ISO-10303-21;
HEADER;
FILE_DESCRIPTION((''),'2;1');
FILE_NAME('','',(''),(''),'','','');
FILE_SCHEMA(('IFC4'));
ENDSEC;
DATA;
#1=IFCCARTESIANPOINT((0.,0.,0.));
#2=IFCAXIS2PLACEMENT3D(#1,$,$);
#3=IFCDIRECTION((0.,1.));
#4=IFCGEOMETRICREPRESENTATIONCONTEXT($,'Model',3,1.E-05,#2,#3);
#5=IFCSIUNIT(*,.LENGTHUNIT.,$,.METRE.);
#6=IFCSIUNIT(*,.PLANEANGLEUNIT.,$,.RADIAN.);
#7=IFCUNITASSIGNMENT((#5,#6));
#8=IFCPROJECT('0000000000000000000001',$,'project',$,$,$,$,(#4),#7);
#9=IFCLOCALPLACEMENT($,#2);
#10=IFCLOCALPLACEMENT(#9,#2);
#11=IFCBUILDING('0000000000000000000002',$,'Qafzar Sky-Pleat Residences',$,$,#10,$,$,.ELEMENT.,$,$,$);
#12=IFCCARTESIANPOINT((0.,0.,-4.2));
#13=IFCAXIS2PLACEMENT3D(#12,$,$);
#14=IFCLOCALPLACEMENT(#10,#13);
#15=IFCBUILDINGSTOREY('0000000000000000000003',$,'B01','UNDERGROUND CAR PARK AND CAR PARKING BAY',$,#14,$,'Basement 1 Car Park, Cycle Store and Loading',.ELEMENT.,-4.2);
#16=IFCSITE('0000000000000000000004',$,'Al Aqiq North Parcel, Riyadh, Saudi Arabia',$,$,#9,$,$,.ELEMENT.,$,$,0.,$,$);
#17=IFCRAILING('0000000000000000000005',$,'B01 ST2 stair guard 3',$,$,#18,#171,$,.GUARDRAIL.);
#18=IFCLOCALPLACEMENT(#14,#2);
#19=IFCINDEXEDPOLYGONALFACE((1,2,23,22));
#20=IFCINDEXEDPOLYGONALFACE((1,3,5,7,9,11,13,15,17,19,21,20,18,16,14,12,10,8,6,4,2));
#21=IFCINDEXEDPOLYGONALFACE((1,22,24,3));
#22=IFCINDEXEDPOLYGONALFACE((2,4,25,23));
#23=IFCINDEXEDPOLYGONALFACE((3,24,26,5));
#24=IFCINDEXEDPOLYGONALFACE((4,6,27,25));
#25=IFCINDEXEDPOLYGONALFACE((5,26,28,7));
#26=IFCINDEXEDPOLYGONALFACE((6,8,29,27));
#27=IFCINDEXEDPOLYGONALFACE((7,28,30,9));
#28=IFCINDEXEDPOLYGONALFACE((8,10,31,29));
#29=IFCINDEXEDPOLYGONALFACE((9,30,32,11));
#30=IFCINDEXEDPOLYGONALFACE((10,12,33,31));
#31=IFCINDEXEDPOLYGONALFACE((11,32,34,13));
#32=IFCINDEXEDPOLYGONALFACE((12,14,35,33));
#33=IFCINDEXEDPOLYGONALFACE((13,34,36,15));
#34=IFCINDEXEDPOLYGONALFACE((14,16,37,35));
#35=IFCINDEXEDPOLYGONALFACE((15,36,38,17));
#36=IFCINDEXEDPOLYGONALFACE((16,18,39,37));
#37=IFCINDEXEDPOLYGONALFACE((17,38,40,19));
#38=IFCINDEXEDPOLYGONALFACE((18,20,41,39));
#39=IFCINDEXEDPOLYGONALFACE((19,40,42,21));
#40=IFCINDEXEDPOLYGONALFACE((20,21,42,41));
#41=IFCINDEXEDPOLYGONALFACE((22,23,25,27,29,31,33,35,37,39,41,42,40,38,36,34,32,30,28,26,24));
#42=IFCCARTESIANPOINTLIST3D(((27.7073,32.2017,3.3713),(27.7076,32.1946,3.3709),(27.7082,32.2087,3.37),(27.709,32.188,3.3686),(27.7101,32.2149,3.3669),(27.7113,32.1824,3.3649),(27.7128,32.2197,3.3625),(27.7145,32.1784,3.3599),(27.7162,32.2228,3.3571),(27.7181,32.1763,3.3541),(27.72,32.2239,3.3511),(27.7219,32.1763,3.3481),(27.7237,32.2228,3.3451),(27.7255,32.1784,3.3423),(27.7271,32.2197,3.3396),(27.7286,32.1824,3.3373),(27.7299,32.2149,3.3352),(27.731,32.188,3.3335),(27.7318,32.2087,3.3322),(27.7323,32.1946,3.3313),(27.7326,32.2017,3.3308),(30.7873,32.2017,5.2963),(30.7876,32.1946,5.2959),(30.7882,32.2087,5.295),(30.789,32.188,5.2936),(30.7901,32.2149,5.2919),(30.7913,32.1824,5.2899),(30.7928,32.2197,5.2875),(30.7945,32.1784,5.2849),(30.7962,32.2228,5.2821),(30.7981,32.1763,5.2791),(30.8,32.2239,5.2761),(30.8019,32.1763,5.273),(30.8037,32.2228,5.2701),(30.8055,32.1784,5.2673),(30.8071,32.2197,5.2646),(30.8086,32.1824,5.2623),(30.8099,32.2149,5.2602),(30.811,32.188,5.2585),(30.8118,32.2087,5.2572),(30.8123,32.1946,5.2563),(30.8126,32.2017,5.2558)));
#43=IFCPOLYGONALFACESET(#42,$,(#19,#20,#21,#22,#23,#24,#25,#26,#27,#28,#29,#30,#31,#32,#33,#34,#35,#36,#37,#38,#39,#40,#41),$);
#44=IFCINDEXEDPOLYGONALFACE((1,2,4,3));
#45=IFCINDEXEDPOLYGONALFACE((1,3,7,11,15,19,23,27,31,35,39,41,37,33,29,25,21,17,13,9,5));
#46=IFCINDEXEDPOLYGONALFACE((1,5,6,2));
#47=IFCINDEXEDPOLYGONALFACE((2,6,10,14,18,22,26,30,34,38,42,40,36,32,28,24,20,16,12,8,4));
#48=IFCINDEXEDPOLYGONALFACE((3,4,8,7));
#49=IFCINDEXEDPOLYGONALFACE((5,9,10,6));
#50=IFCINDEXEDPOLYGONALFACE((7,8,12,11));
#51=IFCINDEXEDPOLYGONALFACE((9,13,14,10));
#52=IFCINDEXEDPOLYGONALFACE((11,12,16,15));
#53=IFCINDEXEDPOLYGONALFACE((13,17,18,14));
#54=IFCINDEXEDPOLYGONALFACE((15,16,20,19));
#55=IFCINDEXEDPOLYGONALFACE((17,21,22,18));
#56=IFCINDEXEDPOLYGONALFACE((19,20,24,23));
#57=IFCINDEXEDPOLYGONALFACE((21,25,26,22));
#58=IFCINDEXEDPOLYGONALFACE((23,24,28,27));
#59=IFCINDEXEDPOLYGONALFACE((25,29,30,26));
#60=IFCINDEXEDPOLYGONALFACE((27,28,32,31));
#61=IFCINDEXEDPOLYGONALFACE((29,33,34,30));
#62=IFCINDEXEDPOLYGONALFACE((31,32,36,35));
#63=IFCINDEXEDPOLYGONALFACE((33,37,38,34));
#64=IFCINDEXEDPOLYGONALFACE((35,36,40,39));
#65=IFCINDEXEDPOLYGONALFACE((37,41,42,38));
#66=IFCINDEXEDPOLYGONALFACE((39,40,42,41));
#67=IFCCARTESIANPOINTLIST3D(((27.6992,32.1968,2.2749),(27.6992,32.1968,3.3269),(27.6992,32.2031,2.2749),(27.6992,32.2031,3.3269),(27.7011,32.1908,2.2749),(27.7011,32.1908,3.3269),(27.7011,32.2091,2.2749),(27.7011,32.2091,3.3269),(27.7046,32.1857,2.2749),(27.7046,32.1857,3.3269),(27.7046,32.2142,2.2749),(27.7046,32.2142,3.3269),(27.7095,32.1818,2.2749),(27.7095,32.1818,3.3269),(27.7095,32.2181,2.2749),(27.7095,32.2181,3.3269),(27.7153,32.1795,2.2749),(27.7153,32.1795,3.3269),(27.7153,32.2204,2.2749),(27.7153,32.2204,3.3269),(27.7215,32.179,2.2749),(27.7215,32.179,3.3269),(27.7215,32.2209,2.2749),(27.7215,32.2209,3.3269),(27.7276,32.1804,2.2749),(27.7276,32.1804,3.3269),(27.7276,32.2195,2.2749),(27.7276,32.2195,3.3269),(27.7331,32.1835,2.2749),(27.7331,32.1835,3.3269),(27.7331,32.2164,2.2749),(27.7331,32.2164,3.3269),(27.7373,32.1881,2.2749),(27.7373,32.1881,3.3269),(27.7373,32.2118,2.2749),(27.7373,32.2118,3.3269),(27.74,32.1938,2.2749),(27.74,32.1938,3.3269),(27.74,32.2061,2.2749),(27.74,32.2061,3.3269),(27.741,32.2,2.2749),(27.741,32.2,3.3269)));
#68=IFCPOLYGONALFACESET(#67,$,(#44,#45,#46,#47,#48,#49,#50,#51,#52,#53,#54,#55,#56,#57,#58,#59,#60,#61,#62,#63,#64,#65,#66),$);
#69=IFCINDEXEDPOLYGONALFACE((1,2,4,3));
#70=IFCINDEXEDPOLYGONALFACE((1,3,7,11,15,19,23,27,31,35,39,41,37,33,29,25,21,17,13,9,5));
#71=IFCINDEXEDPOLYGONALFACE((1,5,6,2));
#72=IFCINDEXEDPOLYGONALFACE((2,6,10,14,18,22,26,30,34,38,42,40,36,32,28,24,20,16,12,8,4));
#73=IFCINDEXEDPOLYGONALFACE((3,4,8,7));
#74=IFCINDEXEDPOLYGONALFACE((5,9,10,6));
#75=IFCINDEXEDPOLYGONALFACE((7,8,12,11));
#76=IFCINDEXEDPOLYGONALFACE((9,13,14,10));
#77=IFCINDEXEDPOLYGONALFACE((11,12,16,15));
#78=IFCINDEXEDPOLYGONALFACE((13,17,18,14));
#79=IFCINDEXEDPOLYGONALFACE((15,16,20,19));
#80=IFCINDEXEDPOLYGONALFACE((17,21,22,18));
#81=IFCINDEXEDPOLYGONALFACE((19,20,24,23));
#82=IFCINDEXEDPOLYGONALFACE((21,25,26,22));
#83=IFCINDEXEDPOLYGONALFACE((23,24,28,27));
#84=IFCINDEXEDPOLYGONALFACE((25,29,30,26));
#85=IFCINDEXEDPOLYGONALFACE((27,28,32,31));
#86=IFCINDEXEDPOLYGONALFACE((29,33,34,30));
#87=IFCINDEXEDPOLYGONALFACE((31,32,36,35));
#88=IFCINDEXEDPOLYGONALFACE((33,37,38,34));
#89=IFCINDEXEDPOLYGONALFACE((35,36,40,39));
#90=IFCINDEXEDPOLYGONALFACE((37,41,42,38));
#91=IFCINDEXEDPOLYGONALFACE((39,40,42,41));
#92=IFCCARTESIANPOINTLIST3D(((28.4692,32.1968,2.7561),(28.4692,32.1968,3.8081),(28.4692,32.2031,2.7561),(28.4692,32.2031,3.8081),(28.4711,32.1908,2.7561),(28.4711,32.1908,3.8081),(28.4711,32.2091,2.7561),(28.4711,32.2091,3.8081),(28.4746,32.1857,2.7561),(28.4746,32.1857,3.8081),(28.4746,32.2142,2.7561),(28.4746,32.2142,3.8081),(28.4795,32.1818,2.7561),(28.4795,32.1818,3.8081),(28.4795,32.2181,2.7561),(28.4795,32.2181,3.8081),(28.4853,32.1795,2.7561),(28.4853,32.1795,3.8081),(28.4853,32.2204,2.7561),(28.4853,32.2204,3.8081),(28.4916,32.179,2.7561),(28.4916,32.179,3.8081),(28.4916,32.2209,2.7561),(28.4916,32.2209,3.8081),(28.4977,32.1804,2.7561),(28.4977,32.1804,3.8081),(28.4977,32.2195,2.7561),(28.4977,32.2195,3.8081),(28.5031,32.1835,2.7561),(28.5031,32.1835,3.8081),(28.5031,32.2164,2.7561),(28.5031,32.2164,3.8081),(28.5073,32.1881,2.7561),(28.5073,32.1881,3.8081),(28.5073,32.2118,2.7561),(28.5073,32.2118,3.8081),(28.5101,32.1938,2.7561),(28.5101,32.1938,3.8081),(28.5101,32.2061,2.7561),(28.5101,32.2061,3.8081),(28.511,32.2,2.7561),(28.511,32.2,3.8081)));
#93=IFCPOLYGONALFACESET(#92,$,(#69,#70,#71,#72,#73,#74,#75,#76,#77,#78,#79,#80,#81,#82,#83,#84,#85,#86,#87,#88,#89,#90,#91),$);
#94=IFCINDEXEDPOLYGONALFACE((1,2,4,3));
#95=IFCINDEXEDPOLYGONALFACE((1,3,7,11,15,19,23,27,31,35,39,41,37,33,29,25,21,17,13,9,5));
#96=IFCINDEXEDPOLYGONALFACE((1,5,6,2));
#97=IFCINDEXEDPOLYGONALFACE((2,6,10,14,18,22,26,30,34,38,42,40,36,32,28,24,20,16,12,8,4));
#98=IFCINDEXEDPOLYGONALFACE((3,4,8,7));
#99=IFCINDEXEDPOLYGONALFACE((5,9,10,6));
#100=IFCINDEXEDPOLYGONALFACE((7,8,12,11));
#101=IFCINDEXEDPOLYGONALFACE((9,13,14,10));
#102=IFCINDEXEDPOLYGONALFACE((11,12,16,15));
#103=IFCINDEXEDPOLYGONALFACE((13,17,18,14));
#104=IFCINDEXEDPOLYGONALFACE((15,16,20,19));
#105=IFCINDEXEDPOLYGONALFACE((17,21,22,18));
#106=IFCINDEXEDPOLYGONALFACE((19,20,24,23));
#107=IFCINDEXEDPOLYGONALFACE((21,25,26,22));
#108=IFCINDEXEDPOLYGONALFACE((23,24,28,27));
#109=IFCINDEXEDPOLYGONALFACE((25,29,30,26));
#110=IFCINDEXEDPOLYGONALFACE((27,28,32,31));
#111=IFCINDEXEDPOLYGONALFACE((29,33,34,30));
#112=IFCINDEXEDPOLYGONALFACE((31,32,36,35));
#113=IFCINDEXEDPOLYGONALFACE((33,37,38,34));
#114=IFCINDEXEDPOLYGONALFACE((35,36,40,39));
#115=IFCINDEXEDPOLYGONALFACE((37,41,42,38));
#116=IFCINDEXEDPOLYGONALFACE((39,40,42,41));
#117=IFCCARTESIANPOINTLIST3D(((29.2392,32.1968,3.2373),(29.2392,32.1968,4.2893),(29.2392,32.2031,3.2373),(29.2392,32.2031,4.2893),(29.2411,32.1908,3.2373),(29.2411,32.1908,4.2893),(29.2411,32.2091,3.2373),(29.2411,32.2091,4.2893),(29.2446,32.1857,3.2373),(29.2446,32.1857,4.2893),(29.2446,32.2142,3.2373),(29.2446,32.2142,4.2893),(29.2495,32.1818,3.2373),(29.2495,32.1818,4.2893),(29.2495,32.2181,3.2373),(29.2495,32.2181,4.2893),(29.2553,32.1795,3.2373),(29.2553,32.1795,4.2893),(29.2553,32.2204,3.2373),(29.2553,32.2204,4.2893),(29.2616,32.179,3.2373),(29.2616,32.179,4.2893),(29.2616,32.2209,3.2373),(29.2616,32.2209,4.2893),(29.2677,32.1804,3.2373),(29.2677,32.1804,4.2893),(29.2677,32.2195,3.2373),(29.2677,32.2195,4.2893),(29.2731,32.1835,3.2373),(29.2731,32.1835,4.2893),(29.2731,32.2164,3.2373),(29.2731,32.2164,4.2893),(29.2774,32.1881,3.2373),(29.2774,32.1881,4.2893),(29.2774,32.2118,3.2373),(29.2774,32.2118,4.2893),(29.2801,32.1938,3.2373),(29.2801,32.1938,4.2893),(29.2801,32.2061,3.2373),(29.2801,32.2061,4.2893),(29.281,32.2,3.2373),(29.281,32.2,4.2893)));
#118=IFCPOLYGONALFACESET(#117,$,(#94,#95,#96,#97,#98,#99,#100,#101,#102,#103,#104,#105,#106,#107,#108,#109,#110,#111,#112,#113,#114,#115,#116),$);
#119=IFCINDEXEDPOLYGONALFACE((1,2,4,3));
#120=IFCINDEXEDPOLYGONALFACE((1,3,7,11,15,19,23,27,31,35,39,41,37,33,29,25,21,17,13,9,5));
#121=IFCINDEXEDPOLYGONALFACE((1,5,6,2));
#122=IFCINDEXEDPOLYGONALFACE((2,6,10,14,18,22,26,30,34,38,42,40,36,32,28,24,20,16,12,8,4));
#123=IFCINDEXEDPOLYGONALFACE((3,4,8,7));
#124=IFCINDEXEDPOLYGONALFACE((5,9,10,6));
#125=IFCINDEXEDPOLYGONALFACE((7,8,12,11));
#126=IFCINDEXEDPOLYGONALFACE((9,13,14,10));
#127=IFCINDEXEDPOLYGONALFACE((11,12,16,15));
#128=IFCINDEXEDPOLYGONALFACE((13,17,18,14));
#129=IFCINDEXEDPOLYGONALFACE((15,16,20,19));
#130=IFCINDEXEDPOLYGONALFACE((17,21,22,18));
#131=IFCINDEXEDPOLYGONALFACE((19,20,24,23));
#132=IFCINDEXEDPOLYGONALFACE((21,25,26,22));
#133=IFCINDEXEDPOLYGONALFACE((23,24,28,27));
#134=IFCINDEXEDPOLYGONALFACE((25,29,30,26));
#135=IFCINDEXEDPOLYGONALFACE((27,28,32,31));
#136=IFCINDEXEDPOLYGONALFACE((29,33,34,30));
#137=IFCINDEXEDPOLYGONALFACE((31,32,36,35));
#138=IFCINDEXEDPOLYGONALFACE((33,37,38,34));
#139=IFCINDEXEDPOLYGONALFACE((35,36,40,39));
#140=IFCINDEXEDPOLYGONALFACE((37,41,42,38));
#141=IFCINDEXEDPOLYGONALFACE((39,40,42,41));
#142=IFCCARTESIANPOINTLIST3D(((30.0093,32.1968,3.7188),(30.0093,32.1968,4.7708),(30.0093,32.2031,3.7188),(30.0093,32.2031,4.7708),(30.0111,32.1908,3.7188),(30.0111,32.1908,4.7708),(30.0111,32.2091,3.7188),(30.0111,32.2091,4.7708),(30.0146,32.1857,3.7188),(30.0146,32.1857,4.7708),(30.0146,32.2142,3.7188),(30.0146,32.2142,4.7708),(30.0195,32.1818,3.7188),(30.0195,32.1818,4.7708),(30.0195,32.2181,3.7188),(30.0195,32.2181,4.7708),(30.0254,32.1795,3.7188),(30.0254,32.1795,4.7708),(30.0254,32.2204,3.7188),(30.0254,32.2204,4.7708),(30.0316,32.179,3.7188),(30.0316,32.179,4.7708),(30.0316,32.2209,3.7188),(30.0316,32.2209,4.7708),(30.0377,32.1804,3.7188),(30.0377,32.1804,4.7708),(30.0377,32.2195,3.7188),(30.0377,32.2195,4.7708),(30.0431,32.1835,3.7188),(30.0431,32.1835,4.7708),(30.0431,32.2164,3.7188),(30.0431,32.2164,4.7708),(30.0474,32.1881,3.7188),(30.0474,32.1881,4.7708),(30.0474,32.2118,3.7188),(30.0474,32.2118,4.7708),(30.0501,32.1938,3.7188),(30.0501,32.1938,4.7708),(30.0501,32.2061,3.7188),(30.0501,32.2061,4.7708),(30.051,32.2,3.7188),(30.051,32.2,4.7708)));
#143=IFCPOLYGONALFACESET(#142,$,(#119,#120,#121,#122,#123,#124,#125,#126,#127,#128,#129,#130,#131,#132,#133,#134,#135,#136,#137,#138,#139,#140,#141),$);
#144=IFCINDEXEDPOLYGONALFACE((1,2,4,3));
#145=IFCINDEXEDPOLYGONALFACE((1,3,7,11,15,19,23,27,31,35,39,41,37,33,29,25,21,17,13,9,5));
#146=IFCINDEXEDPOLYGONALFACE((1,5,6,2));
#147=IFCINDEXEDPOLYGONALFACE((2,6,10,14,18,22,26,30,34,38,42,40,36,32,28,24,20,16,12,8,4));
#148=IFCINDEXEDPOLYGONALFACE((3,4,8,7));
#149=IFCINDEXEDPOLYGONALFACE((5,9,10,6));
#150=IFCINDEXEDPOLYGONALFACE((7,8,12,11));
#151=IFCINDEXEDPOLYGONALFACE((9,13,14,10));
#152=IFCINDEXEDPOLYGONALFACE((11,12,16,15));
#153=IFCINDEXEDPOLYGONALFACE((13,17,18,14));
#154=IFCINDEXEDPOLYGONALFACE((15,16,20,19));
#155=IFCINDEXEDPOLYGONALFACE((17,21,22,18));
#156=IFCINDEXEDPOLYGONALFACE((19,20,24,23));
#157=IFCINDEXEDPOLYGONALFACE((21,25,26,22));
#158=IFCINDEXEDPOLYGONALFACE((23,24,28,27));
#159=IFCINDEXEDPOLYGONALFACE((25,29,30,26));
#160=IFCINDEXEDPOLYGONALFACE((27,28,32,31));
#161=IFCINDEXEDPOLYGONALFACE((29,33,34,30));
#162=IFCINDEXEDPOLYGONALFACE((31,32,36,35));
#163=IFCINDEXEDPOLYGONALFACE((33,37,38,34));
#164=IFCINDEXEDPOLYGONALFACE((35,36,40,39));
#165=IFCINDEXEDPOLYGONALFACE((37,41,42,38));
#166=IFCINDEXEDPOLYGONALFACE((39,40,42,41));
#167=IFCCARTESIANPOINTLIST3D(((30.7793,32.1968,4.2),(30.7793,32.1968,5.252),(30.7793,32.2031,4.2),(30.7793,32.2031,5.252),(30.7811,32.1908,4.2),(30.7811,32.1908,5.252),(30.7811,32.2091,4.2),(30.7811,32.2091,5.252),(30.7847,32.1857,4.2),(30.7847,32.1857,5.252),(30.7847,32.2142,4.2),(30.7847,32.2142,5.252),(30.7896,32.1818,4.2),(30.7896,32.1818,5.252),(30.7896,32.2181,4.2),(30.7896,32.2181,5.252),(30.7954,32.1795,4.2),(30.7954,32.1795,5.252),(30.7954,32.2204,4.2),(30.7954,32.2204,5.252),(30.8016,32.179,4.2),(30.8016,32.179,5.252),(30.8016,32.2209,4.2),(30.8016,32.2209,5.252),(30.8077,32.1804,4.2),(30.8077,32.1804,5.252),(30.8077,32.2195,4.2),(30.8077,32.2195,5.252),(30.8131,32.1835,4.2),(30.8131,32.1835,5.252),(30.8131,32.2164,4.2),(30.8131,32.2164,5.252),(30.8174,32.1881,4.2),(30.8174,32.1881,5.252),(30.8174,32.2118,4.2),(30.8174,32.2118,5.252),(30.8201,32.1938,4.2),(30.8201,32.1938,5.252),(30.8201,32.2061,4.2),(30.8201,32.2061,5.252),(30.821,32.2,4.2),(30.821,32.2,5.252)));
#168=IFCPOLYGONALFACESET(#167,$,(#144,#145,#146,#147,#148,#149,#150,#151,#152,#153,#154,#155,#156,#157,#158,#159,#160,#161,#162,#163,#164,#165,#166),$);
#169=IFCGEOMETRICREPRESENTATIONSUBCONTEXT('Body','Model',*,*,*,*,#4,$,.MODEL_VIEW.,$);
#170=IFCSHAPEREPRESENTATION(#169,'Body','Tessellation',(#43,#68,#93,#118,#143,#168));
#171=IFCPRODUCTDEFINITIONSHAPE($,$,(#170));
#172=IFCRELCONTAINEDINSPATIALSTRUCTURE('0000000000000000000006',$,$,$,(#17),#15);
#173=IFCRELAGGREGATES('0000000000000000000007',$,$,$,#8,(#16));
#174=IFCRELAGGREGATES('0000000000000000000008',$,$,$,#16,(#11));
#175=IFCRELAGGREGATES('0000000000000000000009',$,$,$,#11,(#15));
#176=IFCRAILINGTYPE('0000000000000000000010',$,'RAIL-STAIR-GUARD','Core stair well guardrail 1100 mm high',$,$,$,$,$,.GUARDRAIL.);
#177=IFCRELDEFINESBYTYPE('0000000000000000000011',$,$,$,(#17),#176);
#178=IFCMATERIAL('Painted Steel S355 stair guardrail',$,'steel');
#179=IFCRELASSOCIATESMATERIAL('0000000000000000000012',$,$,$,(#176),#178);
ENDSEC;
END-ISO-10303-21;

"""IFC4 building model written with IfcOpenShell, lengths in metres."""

from ifc_helpers import new_model, si_unit, direction, frame, origin, origin_2d, place, context, subcontext, project, spatial, circle, extrude, source, transform, mapped, material, type_object, element, save


model = new_model("IFC4")

# Units and contexts
model_context = context("Model", 3, precision=1e-05, world=origin(), true_north=direction((0.0, 1.0)))
body_context = subcontext(model_context, "Body", "Model", "MODEL_VIEW")
ifc_project = project(units=[si_unit("LENGTHUNIT", "METRE"), si_unit("PLANEANGLEUNIT", "RADIAN")], contexts=[model_context])

# Site, building, storey
site_placement = place(None, origin())
site = spatial("IfcSite", under=ifc_project, at=site_placement, Name="Al Aqiq North Parcel, Riyadh, Saudi Arabia", CompositionType="ELEMENT", RefElevation=0.0)
building_placement = place(site_placement, origin())
building = spatial("IfcBuilding", under=site, at=building_placement, Name="Qafzar Sky-Pleat Residences", CompositionType="ELEMENT")
storey_placement = place(building_placement, frame((0.0, 0.0, -4.2)))
storey = spatial("IfcBuildingStorey", under=building, at=storey_placement, Name="B01", Description="UNDERGROUND CAR PARK AND CAR PARKING BAY", LongName="Basement 1 Car Park, Cycle Store and Loading", CompositionType="ELEMENT", Elevation=-4.2)

# Railing
ifc_material_1 = material(Name="Painted Steel S355 stair guardrail", Category="steel")
railing_type_1 = type_object("IfcRailingType", Name="RAIL-STAIR-GUARD", Description="Core stair well guardrail 1100 mm high", PredefinedType="GUARDRAIL", material=ifc_material_1)
shared_shape_1 = source(origin(), body_context, "Body", "SweptSolid", [
    extrude(circle(Radius=0.0239, at=origin_2d()), frame((0.0, 0.0, 1.0762), z_axis=(0.847998, 0.0, 0.529999), x_axis=(0.0, 1.0, 0.0)), (0.0, 0.0, 1.0), 3.6321),
    extrude(circle(Radius=0.021, at=origin_2d()), origin(), (0.0, 0.0, 1.0), 1.052),
    extrude(circle(Radius=0.021, at=origin_2d()), frame((0.77, 0.0, 0.4812)), (0.0, 0.0, 1.0), 1.052),
    extrude(circle(Radius=0.021, at=origin_2d()), frame((1.54, 0.0, 0.9624)), (0.0, 0.0, 1.0), 1.052),
    extrude(circle(Radius=0.021, at=origin_2d()), frame((2.3101, 0.0, 1.4438)), (0.0, 0.0, 1.0), 1.052),
    extrude(circle(Radius=0.021, at=origin_2d()), frame((3.0801, 0.0, 1.925)), (0.0, 0.0, 1.0), 1.052),
])
railing_1_placement = place(storey_placement, frame((27.72, 32.2, 2.2749)))
element("IfcRailing", 1, at=railing_1_placement, inside=storey, type_object=railing_type_1, Name="B01 ST2 stair guard 3", PredefinedType="GUARDRAIL", context=body_context, shape_type="MappedRepresentation", body=[
    mapped(shared_shape_1, transform((0.0, 0.0, 0.0), x_axis=(1.0, 0.0, 0.0), y_axis=(0.0, 1.0, 0.0), z_axis=(0.0, 0.0, 1.0), scale=1.0)),
])

save(model, "model.ifc")
